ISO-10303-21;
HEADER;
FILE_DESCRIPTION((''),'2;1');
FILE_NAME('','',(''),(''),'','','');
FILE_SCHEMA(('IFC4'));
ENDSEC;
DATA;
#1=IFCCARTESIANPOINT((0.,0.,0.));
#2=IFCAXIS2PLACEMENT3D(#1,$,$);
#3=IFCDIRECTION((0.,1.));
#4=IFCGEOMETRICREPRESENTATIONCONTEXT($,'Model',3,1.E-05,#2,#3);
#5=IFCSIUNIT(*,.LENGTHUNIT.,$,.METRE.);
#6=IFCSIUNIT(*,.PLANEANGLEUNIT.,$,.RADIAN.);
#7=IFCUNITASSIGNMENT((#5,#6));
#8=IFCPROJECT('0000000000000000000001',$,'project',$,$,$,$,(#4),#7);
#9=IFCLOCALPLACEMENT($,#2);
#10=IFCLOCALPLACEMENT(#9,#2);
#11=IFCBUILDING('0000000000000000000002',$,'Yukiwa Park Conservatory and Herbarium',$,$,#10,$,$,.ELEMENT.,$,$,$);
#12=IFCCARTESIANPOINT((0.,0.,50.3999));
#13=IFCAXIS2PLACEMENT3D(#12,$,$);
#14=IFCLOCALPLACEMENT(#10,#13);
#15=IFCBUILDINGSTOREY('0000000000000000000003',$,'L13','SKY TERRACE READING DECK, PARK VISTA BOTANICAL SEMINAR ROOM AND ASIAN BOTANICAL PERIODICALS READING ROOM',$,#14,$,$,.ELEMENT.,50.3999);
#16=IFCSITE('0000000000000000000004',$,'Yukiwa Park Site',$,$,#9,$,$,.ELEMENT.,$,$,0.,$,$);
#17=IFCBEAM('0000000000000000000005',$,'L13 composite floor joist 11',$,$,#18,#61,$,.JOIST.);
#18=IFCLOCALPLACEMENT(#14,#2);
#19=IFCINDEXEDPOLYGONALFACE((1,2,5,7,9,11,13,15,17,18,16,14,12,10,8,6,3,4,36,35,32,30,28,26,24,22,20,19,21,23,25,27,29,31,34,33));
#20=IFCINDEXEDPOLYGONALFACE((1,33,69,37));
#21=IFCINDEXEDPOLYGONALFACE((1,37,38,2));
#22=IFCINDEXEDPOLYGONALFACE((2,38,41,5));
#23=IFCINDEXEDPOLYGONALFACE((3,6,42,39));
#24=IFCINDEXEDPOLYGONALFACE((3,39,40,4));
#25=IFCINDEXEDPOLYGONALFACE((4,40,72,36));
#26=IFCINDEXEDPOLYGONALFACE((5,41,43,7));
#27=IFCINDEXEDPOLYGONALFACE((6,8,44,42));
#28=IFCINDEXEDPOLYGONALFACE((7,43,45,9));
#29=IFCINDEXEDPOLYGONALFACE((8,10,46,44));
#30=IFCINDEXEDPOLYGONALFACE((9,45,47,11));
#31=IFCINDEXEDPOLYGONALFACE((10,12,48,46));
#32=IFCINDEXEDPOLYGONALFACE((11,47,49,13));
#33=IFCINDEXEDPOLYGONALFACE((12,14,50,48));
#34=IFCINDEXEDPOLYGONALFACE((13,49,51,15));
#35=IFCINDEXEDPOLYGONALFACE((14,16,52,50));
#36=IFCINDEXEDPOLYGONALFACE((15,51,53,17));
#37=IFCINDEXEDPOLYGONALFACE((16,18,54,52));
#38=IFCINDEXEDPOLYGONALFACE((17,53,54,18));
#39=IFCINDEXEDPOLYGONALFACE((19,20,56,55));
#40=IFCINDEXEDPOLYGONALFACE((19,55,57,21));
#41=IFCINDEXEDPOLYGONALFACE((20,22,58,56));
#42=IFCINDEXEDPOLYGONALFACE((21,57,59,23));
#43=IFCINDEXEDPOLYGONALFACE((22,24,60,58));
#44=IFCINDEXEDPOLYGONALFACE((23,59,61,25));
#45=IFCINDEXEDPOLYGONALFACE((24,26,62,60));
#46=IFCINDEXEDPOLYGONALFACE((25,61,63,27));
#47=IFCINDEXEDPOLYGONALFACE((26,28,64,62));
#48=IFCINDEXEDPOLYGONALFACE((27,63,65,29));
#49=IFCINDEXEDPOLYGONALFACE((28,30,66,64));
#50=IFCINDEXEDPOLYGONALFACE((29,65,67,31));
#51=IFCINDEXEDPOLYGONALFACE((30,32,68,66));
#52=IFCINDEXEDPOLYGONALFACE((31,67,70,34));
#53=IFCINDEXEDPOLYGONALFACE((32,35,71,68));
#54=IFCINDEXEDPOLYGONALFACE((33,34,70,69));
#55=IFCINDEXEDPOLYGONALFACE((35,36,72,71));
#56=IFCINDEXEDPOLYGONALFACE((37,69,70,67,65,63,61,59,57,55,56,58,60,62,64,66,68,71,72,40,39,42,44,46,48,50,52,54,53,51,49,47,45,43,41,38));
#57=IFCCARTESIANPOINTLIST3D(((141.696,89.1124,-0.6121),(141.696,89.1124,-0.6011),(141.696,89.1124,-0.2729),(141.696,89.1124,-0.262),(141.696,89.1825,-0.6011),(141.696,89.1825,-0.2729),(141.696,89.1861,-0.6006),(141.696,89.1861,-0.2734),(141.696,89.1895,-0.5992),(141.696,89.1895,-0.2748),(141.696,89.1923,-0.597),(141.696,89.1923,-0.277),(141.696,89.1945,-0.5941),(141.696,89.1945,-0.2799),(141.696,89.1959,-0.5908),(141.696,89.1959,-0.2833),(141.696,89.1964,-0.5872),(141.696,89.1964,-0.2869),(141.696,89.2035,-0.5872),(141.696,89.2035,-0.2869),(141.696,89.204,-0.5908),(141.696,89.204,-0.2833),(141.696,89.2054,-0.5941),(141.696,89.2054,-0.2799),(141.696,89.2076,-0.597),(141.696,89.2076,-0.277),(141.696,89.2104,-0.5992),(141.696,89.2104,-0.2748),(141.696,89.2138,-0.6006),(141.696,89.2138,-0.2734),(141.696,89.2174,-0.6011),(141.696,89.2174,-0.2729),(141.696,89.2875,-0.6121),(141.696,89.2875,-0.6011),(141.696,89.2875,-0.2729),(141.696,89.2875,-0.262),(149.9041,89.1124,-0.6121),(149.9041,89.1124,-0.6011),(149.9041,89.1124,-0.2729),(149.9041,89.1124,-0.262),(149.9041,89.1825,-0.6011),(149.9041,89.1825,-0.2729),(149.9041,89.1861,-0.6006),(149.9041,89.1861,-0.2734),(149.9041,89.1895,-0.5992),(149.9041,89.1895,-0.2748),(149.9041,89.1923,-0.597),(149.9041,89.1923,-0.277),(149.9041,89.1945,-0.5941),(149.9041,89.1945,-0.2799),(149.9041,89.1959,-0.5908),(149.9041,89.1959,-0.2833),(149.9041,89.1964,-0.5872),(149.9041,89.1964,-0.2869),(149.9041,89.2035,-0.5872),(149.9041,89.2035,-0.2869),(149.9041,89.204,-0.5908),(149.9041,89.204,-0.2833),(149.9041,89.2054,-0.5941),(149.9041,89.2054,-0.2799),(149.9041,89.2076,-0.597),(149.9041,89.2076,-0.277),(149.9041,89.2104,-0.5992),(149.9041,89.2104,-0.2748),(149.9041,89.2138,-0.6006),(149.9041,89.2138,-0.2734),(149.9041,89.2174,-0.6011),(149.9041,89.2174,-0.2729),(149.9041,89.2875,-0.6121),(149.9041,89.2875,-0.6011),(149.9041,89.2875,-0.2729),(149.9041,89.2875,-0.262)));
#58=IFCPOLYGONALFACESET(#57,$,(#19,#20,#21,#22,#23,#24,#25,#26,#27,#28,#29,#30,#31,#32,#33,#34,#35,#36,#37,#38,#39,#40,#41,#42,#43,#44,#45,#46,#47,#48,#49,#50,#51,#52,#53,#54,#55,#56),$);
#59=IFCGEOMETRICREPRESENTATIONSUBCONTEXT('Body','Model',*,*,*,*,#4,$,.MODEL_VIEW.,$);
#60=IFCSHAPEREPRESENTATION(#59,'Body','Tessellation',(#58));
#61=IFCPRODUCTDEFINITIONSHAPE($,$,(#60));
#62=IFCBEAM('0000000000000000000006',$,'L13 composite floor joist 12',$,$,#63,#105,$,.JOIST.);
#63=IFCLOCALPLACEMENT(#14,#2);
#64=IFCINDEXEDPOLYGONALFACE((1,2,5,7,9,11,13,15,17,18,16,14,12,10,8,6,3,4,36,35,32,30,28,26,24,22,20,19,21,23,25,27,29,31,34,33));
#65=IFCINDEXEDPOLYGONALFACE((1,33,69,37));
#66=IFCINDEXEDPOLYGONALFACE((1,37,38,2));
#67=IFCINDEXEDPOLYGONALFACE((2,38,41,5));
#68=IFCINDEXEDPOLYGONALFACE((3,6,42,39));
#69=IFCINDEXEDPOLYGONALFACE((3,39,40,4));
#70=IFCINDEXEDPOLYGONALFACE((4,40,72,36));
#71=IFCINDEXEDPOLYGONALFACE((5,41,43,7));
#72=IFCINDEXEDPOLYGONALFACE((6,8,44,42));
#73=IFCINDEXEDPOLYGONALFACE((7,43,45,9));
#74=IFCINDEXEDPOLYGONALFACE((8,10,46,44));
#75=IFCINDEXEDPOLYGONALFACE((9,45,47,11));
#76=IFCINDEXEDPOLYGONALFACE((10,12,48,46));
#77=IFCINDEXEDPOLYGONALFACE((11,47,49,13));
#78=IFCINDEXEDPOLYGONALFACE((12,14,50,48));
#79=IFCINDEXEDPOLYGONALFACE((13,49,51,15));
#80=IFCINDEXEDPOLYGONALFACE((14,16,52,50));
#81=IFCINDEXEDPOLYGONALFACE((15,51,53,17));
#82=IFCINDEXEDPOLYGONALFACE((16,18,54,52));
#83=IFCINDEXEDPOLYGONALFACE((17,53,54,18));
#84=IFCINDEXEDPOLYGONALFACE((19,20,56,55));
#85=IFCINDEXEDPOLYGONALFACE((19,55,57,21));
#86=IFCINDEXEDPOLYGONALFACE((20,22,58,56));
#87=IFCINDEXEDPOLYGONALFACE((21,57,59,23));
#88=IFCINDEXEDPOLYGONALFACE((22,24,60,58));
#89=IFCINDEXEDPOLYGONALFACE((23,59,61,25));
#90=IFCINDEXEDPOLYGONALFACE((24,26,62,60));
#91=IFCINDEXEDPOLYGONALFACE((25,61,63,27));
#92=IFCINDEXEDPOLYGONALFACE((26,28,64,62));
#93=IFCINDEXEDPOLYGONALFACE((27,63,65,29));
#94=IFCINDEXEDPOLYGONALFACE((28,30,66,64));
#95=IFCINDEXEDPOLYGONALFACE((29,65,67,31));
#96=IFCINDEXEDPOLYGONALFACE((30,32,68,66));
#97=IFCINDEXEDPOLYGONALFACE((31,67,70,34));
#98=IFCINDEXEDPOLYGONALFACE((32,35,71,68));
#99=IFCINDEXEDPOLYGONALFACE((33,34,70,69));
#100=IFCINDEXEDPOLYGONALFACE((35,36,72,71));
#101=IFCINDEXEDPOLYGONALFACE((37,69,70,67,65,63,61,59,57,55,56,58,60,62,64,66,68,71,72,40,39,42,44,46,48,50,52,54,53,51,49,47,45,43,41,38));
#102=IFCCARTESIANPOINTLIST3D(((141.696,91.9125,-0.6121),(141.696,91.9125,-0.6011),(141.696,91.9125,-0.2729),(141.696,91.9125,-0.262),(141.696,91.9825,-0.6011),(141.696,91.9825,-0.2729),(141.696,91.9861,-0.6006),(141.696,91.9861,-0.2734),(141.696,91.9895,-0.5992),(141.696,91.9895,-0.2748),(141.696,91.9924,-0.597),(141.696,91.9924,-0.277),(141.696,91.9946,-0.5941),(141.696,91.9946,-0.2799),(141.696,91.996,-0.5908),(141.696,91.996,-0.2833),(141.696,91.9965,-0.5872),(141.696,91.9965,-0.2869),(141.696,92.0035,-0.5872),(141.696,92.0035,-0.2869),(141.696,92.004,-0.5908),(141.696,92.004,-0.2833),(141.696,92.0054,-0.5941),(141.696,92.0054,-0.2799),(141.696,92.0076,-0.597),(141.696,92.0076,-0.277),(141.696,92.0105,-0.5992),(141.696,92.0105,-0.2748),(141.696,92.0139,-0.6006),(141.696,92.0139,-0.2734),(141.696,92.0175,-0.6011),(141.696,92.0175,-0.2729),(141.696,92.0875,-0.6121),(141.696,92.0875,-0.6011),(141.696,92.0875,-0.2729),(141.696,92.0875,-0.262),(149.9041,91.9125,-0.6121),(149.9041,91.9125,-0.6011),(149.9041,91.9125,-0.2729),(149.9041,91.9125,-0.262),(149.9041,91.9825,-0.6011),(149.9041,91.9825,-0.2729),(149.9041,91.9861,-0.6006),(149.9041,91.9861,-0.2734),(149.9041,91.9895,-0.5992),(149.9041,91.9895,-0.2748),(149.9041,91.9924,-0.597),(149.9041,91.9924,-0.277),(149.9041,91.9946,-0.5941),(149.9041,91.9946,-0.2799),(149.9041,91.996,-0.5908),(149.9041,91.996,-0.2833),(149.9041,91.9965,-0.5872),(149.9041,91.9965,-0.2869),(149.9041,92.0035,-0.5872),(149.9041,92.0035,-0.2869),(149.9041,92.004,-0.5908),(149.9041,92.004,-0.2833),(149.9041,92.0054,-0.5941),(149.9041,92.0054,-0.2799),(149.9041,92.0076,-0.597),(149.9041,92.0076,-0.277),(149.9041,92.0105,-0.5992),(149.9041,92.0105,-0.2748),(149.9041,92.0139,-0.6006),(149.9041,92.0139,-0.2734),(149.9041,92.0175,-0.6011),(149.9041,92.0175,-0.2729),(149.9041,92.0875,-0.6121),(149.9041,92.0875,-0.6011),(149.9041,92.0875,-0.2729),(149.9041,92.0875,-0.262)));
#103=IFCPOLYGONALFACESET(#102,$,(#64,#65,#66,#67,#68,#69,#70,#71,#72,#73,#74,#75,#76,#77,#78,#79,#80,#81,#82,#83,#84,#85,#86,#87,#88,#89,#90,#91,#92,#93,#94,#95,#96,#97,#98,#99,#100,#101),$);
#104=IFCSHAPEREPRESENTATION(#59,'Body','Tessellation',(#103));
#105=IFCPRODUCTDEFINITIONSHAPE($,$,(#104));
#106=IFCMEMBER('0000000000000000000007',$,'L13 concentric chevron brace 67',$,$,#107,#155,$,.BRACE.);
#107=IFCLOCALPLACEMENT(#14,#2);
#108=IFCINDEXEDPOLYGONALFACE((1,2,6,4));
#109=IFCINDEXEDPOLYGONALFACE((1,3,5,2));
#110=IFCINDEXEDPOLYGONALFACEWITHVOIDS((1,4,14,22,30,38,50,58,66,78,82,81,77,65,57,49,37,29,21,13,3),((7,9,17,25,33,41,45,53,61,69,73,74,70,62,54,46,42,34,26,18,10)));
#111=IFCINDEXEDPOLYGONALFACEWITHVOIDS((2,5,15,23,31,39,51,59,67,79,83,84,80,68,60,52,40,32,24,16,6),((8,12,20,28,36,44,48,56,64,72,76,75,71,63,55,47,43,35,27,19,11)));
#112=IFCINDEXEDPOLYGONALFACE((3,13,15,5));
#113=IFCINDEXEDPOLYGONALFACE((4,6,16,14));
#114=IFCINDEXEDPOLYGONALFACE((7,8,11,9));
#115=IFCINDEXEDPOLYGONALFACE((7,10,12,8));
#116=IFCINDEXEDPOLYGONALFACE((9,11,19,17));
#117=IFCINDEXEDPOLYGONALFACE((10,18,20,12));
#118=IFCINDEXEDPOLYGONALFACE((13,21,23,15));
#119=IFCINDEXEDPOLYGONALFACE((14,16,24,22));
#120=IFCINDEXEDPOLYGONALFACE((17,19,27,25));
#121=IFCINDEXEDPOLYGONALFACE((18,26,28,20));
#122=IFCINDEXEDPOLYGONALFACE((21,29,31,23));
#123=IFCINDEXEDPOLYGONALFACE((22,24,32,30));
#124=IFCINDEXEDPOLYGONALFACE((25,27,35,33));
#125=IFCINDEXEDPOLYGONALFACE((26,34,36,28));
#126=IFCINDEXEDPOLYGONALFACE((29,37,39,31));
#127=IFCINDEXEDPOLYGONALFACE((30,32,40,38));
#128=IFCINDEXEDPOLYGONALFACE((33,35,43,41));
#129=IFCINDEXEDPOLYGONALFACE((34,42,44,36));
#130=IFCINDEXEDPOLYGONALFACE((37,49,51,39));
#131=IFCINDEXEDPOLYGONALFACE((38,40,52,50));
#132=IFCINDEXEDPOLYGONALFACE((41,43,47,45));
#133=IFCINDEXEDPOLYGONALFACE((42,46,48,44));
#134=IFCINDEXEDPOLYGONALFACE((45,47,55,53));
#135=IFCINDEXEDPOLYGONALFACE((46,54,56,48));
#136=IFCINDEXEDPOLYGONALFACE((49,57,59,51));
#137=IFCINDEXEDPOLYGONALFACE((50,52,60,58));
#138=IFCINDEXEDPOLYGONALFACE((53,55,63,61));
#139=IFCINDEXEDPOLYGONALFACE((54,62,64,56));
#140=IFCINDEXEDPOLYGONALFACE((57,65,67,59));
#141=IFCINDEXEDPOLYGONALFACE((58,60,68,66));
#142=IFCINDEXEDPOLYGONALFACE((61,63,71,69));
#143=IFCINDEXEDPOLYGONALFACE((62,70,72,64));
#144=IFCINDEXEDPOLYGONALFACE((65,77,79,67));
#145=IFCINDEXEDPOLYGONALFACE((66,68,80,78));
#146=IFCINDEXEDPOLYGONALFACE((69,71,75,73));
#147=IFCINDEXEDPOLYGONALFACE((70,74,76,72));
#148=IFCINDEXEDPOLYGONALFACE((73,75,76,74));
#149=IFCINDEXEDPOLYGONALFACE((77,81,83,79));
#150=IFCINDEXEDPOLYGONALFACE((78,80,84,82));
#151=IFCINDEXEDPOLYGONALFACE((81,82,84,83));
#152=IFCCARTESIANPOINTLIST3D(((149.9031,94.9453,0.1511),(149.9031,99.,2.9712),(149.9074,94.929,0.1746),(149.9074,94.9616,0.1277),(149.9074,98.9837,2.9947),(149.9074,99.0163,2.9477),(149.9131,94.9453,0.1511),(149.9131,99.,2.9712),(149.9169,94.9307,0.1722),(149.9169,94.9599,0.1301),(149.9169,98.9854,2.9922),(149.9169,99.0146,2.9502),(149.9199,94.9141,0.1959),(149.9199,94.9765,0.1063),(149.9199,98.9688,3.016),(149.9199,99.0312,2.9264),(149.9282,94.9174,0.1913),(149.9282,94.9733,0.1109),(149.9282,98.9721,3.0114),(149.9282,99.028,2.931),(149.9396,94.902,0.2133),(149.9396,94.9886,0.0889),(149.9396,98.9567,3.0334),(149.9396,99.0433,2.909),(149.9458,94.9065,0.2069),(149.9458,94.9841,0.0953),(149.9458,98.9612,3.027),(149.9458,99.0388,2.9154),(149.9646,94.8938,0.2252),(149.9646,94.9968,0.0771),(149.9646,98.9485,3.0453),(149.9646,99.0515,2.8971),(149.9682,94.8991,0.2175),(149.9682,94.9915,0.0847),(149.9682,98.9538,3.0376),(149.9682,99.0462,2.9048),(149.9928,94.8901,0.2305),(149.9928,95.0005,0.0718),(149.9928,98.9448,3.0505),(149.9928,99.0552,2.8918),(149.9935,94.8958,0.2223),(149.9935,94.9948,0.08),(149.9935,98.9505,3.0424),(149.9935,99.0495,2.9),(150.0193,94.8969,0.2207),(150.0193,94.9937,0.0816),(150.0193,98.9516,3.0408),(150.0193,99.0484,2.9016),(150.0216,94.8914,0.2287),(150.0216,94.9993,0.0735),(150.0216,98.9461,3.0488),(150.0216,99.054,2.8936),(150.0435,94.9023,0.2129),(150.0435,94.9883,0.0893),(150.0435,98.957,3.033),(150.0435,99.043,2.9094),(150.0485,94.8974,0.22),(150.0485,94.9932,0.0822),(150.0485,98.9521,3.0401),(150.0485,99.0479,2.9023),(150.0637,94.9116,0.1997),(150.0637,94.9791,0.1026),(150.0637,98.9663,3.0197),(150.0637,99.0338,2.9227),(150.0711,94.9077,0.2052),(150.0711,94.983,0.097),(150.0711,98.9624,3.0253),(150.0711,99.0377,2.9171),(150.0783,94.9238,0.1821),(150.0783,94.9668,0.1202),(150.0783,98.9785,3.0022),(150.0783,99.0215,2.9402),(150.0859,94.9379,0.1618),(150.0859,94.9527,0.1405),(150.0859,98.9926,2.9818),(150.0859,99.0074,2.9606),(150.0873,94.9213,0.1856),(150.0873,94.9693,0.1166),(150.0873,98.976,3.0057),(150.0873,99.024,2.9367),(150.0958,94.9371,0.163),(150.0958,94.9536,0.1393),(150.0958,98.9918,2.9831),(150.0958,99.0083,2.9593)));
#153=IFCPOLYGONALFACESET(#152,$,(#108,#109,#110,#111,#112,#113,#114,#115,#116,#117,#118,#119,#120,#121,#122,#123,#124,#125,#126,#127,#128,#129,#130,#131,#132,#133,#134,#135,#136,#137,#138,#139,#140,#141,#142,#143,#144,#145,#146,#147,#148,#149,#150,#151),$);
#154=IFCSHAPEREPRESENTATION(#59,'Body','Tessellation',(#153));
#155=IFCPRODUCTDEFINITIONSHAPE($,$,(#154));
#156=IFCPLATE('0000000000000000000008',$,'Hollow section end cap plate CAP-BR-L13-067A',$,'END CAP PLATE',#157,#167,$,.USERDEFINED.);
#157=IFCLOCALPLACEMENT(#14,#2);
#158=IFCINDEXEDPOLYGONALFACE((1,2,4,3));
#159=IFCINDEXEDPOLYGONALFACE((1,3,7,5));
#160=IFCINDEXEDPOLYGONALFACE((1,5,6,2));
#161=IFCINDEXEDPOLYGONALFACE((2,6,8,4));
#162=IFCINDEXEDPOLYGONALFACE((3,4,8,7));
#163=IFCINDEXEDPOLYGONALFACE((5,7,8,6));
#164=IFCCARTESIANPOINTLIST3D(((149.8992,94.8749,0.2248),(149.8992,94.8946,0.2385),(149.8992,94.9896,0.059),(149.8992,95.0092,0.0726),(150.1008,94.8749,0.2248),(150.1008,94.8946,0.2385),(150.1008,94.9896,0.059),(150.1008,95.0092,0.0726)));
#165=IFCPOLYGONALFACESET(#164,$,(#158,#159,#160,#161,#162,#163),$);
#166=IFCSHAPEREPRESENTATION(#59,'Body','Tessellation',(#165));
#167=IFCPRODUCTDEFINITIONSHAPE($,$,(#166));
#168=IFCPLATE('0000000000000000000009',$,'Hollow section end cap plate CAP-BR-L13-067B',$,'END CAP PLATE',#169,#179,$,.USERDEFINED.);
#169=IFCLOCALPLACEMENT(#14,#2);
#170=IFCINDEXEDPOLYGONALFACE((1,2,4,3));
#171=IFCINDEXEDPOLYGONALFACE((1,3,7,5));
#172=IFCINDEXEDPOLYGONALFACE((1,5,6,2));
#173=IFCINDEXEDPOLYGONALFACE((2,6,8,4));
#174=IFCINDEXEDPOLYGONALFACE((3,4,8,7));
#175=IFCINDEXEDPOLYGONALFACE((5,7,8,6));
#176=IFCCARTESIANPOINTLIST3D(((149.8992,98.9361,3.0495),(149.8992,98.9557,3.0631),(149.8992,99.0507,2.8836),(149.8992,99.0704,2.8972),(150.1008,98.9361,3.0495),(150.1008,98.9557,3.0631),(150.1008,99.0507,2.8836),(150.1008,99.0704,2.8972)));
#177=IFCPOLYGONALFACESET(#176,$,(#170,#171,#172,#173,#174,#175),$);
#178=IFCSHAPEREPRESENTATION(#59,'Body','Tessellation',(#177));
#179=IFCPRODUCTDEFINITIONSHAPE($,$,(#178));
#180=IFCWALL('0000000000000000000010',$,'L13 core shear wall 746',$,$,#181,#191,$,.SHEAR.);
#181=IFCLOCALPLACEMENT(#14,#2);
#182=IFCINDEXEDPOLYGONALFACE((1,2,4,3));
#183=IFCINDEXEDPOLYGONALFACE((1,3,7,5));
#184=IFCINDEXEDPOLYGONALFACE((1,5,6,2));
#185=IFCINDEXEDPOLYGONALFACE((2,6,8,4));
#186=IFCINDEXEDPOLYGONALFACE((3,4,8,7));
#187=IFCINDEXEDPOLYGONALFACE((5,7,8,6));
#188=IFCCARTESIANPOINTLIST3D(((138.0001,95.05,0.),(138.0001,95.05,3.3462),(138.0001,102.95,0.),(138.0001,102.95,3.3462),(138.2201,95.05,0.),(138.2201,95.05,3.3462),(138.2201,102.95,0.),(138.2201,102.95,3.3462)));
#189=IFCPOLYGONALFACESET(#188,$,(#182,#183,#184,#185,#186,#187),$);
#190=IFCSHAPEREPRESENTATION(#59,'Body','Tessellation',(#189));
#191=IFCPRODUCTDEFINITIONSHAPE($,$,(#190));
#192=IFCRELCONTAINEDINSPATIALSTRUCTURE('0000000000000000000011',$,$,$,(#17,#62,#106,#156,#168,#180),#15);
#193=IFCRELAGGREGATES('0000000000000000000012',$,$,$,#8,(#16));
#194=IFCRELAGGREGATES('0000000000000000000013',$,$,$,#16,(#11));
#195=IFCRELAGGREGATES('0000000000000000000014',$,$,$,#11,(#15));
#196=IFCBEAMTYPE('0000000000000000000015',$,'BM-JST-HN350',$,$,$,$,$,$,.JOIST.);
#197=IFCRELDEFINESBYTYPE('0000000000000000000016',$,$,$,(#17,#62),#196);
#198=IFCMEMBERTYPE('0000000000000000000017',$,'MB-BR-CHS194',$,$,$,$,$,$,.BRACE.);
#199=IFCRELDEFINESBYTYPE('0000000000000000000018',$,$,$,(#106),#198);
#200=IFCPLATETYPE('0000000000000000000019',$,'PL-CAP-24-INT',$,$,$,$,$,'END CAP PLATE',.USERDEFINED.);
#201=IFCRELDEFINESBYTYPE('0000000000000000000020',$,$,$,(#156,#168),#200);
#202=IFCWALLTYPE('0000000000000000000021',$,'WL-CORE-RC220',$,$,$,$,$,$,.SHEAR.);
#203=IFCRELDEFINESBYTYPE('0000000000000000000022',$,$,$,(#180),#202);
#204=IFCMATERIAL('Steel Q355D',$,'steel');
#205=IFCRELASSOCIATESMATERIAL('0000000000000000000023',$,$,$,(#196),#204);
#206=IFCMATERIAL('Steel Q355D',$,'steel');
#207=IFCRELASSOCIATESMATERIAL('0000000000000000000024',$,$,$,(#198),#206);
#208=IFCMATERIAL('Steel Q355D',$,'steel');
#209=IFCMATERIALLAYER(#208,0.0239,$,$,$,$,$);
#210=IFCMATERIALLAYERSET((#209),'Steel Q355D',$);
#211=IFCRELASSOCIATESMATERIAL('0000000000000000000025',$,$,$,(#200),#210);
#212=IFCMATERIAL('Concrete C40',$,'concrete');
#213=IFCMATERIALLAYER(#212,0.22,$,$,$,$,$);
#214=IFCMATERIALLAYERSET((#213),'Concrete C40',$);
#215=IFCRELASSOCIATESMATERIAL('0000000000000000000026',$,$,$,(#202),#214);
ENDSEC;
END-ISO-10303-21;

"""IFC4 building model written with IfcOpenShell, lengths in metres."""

from ifc_helpers import new_model, si_unit, direction, frame, frame_2d, origin, origin_2d, place, context, subcontext, project, spatial, rectangle, hollow_circle, i_section, extrude, material, layer, layer_set, material_profile, profile_set, type_object, element, save


model = new_model("IFC4")

# Units and contexts
model_context = context("Model", 3, precision=1e-05, world=origin(), true_north=direction((0.0, 1.0)))
body_context = subcontext(model_context, "Body", "Model", "MODEL_VIEW")
ifc_project = project(units=[si_unit("LENGTHUNIT", "METRE"), si_unit("PLANEANGLEUNIT", "RADIAN")], contexts=[model_context])

# Site, building, storey
site_placement = place(None, origin())
site = spatial("IfcSite", under=ifc_project, at=site_placement, Name="Yukiwa Park Site", CompositionType="ELEMENT", RefElevation=0.0)
building_placement = place(site_placement, origin())
building = spatial("IfcBuilding", under=site, at=building_placement, Name="Yukiwa Park Conservatory and Herbarium", CompositionType="ELEMENT")
storey_placement = place(building_placement, frame((0.0, 0.0, 50.3999)))
storey = spatial("IfcBuildingStorey", under=building, at=storey_placement, Name="L13", Description="SKY TERRACE READING DECK, PARK VISTA BOTANICAL SEMINAR ROOM AND ASIAN BOTANICAL PERIODICALS READING ROOM", CompositionType="ELEMENT", Elevation=50.3999)

# Beams
ifc_material_1 = material(Name="Steel Q355D", Category="steel")
ifc_material_profile_1 = material_profile(ifc_material_1, i_section(OverallWidth=0.175, OverallDepth=0.3501, WebThickness=0.0071, FlangeThickness=0.011, FilletRadius=0.0139, at=origin_2d()), Name="HN 350x175x7x11")
ifc_profile_set_1 = profile_set([ifc_material_profile_1], Name="Steel Q355D")
beam_type_1 = type_object("IfcBeamType", Name="BM-JST-HN350", PredefinedType="JOIST", material=ifc_profile_set_1)
for number, where, z_axis, x_axis, name in (
    (1, (141.696, 89.2, -0.437), (1.0, 0.0, 0.0), (0.0, 1.0, 0.0), "L13 composite floor joist 11"),
    (2, (141.696, 92.0, -0.437), (1.0, 0.0, 0.0), (0.0, 1.0, 0.0), "L13 composite floor joist 12"),
):
    element("IfcBeam", number, at=place(storey_placement, frame(where, z_axis=z_axis, x_axis=x_axis)), inside=storey, type_object=beam_type_1, Name=name, PredefinedType="JOIST", context=body_context, shape_type="SweptSolid", body=[
        extrude(i_section(OverallWidth=0.175, OverallDepth=0.3501, WebThickness=0.0071, FlangeThickness=0.011, FilletRadius=0.0139, at=origin_2d()), origin(), (0.0, 0.0, 1.0), 8.208),
    ])

# Member
ifc_material_2 = material(Name="Steel Q355D", Category="steel")
ifc_material_profile_2 = material_profile(ifc_material_2, hollow_circle(Radius=0.0969, WallThickness=0.01, at=origin_2d()), Name="CHS 193.7x10")
ifc_profile_set_2 = profile_set([ifc_material_profile_2], Name="Steel Q355D")
member_type = type_object("IfcMemberType", Name="MB-BR-CHS194", PredefinedType="BRACE", material=ifc_profile_set_2)
member_placement = place(storey_placement, frame((150.0, 94.9453, 0.1511), z_axis=(0.0, 0.820961, 0.570985), x_axis=(-1.0, 0.0, 0.0)))
element("IfcMember", 3, at=member_placement, inside=storey, type_object=member_type, Name="L13 concentric chevron brace 67", PredefinedType="BRACE", context=body_context, shape_type="SweptSolid", body=[
    extrude(hollow_circle(Radius=0.0969, WallThickness=0.01, at=origin_2d()), origin(), (0.0, 0.0, 1.0), 4.939),
])

# Plates
ifc_material_3 = material(Name="Steel Q355D", Category="steel")
ifc_layer_1 = layer(ifc_material_3, 0.0239)
ifc_layer_set_1 = layer_set([ifc_layer_1], Name="Steel Q355D")
plate_type = type_object("IfcPlateType", Name="PL-CAP-24-INT", ElementType="END CAP PLATE", PredefinedType="USERDEFINED", material=ifc_layer_set_1)
for number, where, z_axis, x_axis, name in (
    (4, (150.0, 94.9519, 0.1555), (0.0, -0.822558, -0.568682), (1.0, 0.0, 0.0), "Hollow section end cap plate CAP-BR-L13-067A"),
    (5, (150.0, 98.9934, 2.9666), (0.0, 0.822558, 0.568682), (-1.0, 0.0, 0.0), "Hollow section end cap plate CAP-BR-L13-067B"),
):
    element("IfcPlate", number, at=place(storey_placement, frame(where, z_axis=z_axis, x_axis=x_axis)), inside=storey, type_object=plate_type, Name=name, ObjectType="END CAP PLATE", PredefinedType="USERDEFINED", context=body_context, shape_type="SweptSolid", body=[
        extrude(rectangle(XDim=0.2017, YDim=0.2017, at=origin_2d()), origin(), (0.0, 0.0, 1.0), 0.0239),
    ])

# Wall
ifc_material_4 = material(Name="Concrete C40", Category="concrete")
ifc_layer_2 = layer(ifc_material_4, 0.22)
ifc_layer_set_2 = layer_set([ifc_layer_2], Name="Concrete C40")
wall_type_1 = type_object("IfcWallType", Name="WL-CORE-RC220", PredefinedType="SHEAR", material=ifc_layer_set_2)
wall_1_placement = place(storey_placement, frame((138.1101, 95.05, 0.0), z_axis=(0.0, 0.0, 1.0), x_axis=(0.0, 1.0, 0.0)))
element("IfcWall", 6, at=wall_1_placement, inside=storey, type_object=wall_type_1, Name="L13 core shear wall 746", PredefinedType="SHEAR", context=body_context, shape_type="SweptSolid", body=[
    extrude(rectangle(XDim=7.8999, YDim=0.22, at=frame_2d((3.95, 0.0))), origin(), (0.0, 0.0, 1.0), 3.3462),
])

save(model, "model.ifc")
